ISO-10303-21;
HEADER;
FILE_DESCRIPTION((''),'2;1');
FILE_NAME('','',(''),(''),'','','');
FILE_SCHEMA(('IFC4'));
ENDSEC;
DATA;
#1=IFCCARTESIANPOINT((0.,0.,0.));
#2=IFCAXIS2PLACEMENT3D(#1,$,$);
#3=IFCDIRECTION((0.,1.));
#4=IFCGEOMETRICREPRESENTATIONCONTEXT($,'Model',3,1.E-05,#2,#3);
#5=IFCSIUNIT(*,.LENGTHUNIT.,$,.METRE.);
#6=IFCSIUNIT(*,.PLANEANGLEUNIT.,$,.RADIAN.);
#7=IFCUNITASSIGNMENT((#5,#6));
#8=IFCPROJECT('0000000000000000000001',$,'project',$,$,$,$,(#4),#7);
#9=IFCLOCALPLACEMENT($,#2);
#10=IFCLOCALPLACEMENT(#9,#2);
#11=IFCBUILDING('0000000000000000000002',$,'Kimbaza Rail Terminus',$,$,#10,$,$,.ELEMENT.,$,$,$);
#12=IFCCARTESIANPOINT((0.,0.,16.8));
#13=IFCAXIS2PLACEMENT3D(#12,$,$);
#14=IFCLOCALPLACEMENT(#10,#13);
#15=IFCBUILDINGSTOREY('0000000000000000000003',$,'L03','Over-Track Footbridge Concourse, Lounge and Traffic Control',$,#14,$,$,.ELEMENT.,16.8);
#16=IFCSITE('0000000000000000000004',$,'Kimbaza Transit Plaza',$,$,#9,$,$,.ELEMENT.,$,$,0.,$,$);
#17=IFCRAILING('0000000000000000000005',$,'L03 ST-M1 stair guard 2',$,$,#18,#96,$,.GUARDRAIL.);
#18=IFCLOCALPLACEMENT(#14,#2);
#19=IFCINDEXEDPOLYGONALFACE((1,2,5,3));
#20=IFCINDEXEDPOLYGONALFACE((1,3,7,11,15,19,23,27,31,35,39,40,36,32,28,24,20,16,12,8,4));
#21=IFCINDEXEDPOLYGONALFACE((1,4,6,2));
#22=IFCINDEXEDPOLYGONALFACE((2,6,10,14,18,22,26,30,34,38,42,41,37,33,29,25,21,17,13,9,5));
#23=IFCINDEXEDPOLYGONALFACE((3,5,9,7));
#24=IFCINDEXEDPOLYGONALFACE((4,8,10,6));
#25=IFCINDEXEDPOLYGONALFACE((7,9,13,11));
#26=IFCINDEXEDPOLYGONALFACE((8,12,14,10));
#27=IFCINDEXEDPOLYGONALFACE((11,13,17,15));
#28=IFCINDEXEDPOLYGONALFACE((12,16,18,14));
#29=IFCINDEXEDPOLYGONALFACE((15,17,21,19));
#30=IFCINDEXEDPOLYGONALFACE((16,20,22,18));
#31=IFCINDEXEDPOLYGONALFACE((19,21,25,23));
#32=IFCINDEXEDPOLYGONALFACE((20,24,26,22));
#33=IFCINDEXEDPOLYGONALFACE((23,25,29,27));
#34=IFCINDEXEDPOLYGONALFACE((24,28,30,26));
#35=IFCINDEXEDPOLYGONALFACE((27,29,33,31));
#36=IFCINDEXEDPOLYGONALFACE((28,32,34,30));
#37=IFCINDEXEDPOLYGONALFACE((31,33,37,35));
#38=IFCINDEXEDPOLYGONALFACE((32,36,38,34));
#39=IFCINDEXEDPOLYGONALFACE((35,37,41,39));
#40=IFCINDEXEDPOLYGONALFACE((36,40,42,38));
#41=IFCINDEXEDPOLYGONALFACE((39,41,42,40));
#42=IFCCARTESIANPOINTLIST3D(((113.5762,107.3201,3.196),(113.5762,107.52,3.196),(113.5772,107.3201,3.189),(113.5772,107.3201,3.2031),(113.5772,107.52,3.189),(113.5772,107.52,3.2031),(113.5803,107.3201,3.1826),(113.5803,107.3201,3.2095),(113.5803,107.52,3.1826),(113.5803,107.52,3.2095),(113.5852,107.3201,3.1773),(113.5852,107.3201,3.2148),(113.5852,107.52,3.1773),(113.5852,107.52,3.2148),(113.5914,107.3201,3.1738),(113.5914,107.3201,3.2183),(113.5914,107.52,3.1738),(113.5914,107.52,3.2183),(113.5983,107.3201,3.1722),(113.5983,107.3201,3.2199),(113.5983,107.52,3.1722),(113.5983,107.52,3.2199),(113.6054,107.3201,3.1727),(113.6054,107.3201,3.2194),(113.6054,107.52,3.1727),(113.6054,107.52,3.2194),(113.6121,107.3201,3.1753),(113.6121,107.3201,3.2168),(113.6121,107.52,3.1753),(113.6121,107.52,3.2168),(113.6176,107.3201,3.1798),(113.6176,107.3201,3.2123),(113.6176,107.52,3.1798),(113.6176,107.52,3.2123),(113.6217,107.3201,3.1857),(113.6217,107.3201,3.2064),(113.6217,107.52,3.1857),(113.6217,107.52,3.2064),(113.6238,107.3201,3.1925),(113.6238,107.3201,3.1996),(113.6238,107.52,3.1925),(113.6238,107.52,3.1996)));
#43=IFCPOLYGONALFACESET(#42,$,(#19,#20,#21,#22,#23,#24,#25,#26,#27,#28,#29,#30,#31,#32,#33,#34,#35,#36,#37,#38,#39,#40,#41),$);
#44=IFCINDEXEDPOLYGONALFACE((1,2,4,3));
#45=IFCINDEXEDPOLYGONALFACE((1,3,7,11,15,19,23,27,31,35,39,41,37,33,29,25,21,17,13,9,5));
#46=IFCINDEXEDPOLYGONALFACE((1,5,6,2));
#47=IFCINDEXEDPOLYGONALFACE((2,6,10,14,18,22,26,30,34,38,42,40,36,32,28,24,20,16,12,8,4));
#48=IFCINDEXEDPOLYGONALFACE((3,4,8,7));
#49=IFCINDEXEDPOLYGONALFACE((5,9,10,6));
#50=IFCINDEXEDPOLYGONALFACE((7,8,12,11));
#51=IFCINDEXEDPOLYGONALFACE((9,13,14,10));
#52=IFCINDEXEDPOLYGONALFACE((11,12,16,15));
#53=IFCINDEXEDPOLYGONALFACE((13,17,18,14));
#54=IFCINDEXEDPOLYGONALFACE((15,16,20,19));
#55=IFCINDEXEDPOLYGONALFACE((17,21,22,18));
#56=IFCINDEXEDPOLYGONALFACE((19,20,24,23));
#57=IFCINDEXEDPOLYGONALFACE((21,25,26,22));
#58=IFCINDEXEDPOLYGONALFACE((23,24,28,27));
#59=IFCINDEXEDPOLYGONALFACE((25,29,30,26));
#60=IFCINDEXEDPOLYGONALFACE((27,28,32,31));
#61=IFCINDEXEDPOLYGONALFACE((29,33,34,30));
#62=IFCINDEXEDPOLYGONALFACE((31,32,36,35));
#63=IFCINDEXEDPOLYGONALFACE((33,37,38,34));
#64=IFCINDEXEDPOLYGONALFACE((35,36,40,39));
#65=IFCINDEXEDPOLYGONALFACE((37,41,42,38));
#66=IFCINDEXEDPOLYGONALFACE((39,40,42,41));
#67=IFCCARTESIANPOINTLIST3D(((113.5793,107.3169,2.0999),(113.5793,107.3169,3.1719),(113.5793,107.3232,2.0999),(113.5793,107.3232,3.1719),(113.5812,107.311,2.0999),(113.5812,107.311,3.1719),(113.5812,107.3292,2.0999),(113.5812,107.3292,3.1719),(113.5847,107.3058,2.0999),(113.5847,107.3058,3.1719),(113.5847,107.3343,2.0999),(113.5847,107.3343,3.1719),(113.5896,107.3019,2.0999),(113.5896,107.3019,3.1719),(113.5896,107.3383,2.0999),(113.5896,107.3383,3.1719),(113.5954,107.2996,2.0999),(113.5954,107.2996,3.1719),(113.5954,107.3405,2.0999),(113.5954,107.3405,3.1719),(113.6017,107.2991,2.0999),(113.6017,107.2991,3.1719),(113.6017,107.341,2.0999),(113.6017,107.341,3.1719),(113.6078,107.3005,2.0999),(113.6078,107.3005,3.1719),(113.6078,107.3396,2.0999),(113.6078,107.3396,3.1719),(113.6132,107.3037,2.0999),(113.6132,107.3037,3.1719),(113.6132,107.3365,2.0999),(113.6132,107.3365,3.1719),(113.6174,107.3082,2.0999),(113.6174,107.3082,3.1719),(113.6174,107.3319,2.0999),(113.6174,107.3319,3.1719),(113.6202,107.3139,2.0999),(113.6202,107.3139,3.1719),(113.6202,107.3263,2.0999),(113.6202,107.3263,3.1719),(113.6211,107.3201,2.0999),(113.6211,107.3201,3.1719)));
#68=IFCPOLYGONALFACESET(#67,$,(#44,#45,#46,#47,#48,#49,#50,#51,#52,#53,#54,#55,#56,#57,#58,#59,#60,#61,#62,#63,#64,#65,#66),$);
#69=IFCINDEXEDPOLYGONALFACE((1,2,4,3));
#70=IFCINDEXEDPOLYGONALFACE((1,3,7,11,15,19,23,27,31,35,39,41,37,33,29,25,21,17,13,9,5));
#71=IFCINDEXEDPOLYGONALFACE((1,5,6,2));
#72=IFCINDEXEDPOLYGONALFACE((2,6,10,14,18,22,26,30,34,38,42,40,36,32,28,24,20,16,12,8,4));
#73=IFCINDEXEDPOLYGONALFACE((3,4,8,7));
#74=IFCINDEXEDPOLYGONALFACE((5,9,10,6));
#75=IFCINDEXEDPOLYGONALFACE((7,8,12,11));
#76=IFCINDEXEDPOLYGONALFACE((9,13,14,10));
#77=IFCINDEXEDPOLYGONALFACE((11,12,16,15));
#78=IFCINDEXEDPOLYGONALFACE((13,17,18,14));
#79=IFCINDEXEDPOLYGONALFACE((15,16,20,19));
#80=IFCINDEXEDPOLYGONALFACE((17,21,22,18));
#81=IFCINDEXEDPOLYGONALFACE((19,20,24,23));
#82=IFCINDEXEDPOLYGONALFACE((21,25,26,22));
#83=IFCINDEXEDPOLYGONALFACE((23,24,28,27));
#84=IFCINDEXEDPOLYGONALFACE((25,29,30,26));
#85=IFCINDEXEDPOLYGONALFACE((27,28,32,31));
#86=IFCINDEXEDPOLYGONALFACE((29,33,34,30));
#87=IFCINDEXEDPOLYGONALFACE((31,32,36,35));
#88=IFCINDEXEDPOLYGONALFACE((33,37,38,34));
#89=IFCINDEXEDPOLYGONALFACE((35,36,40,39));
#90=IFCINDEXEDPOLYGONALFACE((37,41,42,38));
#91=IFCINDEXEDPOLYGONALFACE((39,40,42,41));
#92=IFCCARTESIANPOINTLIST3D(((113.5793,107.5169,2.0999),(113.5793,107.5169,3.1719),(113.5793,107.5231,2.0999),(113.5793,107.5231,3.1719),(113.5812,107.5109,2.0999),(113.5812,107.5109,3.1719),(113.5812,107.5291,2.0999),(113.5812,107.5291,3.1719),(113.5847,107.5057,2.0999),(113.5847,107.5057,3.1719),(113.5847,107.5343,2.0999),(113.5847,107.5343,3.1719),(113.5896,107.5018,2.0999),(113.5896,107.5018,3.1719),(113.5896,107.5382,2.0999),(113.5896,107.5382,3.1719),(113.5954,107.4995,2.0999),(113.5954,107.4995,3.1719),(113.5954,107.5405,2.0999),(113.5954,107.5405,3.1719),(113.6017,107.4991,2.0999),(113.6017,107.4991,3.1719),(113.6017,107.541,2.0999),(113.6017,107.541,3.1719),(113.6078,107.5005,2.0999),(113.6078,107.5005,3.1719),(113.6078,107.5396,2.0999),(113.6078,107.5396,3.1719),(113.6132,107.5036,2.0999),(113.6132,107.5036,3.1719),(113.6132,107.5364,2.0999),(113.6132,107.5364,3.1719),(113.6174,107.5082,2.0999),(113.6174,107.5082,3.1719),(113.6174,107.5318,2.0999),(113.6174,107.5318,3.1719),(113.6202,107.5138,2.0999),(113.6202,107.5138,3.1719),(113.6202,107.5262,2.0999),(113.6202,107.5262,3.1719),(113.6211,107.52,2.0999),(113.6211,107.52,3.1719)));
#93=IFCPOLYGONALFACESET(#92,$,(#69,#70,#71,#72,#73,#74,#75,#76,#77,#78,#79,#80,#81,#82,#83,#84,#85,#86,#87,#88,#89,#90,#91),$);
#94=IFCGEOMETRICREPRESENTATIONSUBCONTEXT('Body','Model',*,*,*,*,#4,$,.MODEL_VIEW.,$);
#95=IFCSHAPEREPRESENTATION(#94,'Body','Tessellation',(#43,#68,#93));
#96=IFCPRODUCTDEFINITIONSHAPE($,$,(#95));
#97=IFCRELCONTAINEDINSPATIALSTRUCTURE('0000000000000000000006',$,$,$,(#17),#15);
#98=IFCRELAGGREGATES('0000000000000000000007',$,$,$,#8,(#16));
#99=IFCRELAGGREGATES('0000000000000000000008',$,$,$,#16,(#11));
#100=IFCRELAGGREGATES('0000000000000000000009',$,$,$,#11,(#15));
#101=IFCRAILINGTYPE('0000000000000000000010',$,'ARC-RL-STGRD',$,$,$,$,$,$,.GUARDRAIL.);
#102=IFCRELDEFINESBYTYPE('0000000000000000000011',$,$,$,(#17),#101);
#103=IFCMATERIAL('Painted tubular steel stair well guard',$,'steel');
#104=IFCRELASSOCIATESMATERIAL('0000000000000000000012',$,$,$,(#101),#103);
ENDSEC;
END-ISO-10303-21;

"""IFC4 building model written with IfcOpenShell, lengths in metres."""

from ifc_helpers import new_model, si_unit, direction, frame, origin, origin_2d, place, context, subcontext, project, spatial, circle, extrude, material, type_object, element, save


model = new_model("IFC4")

# Units and contexts
model_context = context("Model", 3, precision=1e-05, world=origin(), true_north=direction((0.0, 1.0)))
body_context = subcontext(model_context, "Body", "Model", "MODEL_VIEW")
ifc_project = project(units=[si_unit("LENGTHUNIT", "METRE"), si_unit("PLANEANGLEUNIT", "RADIAN")], contexts=[model_context])

# Site, building, storey
site_placement = place(None, origin())
site = spatial("IfcSite", under=ifc_project, at=site_placement, Name="Kimbaza Transit Plaza", CompositionType="ELEMENT", RefElevation=0.0)
building_placement = place(site_placement, origin())
building = spatial("IfcBuilding", under=site, at=building_placement, Name="Kimbaza Rail Terminus", CompositionType="ELEMENT")
storey_placement = place(building_placement, frame((0.0, 0.0, 16.8)))
storey = spatial("IfcBuildingStorey", under=building, at=storey_placement, Name="L03", Description="Over-Track Footbridge Concourse, Lounge and Traffic Control", CompositionType="ELEMENT", Elevation=16.8)

# Railing
ifc_material_1 = material(Name="Painted tubular steel stair well guard", Category="steel")
railing_type_1 = type_object("IfcRailingType", Name="ARC-RL-STGRD", PredefinedType="GUARDRAIL", material=ifc_material_1)
railing_1_placement = place(storey_placement, frame((113.6001, 107.3201, 2.0999)))
element("IfcRailing", 1, at=railing_1_placement, inside=storey, type_object=railing_type_1, Name="L03 ST-M1 stair guard 2", PredefinedType="GUARDRAIL", context=body_context, shape_type="SweptSolid", body=[
    extrude(circle(Radius=0.0239, at=origin_2d()), frame((0.0, 0.0, 1.0962), z_axis=(0.0, 1.0, 0.0), x_axis=(-1.0, 0.0, 0.0)), (0.0, 0.0, 1.0), 0.2),
    extrude(circle(Radius=0.021, at=origin_2d()), origin(), (0.0, 0.0, 1.0), 1.072),
    extrude(circle(Radius=0.021, at=origin_2d()), frame((0.0, 0.2, 0.0)), (0.0, 0.0, 1.0), 1.072),
])

save(model, "model.ifc")
